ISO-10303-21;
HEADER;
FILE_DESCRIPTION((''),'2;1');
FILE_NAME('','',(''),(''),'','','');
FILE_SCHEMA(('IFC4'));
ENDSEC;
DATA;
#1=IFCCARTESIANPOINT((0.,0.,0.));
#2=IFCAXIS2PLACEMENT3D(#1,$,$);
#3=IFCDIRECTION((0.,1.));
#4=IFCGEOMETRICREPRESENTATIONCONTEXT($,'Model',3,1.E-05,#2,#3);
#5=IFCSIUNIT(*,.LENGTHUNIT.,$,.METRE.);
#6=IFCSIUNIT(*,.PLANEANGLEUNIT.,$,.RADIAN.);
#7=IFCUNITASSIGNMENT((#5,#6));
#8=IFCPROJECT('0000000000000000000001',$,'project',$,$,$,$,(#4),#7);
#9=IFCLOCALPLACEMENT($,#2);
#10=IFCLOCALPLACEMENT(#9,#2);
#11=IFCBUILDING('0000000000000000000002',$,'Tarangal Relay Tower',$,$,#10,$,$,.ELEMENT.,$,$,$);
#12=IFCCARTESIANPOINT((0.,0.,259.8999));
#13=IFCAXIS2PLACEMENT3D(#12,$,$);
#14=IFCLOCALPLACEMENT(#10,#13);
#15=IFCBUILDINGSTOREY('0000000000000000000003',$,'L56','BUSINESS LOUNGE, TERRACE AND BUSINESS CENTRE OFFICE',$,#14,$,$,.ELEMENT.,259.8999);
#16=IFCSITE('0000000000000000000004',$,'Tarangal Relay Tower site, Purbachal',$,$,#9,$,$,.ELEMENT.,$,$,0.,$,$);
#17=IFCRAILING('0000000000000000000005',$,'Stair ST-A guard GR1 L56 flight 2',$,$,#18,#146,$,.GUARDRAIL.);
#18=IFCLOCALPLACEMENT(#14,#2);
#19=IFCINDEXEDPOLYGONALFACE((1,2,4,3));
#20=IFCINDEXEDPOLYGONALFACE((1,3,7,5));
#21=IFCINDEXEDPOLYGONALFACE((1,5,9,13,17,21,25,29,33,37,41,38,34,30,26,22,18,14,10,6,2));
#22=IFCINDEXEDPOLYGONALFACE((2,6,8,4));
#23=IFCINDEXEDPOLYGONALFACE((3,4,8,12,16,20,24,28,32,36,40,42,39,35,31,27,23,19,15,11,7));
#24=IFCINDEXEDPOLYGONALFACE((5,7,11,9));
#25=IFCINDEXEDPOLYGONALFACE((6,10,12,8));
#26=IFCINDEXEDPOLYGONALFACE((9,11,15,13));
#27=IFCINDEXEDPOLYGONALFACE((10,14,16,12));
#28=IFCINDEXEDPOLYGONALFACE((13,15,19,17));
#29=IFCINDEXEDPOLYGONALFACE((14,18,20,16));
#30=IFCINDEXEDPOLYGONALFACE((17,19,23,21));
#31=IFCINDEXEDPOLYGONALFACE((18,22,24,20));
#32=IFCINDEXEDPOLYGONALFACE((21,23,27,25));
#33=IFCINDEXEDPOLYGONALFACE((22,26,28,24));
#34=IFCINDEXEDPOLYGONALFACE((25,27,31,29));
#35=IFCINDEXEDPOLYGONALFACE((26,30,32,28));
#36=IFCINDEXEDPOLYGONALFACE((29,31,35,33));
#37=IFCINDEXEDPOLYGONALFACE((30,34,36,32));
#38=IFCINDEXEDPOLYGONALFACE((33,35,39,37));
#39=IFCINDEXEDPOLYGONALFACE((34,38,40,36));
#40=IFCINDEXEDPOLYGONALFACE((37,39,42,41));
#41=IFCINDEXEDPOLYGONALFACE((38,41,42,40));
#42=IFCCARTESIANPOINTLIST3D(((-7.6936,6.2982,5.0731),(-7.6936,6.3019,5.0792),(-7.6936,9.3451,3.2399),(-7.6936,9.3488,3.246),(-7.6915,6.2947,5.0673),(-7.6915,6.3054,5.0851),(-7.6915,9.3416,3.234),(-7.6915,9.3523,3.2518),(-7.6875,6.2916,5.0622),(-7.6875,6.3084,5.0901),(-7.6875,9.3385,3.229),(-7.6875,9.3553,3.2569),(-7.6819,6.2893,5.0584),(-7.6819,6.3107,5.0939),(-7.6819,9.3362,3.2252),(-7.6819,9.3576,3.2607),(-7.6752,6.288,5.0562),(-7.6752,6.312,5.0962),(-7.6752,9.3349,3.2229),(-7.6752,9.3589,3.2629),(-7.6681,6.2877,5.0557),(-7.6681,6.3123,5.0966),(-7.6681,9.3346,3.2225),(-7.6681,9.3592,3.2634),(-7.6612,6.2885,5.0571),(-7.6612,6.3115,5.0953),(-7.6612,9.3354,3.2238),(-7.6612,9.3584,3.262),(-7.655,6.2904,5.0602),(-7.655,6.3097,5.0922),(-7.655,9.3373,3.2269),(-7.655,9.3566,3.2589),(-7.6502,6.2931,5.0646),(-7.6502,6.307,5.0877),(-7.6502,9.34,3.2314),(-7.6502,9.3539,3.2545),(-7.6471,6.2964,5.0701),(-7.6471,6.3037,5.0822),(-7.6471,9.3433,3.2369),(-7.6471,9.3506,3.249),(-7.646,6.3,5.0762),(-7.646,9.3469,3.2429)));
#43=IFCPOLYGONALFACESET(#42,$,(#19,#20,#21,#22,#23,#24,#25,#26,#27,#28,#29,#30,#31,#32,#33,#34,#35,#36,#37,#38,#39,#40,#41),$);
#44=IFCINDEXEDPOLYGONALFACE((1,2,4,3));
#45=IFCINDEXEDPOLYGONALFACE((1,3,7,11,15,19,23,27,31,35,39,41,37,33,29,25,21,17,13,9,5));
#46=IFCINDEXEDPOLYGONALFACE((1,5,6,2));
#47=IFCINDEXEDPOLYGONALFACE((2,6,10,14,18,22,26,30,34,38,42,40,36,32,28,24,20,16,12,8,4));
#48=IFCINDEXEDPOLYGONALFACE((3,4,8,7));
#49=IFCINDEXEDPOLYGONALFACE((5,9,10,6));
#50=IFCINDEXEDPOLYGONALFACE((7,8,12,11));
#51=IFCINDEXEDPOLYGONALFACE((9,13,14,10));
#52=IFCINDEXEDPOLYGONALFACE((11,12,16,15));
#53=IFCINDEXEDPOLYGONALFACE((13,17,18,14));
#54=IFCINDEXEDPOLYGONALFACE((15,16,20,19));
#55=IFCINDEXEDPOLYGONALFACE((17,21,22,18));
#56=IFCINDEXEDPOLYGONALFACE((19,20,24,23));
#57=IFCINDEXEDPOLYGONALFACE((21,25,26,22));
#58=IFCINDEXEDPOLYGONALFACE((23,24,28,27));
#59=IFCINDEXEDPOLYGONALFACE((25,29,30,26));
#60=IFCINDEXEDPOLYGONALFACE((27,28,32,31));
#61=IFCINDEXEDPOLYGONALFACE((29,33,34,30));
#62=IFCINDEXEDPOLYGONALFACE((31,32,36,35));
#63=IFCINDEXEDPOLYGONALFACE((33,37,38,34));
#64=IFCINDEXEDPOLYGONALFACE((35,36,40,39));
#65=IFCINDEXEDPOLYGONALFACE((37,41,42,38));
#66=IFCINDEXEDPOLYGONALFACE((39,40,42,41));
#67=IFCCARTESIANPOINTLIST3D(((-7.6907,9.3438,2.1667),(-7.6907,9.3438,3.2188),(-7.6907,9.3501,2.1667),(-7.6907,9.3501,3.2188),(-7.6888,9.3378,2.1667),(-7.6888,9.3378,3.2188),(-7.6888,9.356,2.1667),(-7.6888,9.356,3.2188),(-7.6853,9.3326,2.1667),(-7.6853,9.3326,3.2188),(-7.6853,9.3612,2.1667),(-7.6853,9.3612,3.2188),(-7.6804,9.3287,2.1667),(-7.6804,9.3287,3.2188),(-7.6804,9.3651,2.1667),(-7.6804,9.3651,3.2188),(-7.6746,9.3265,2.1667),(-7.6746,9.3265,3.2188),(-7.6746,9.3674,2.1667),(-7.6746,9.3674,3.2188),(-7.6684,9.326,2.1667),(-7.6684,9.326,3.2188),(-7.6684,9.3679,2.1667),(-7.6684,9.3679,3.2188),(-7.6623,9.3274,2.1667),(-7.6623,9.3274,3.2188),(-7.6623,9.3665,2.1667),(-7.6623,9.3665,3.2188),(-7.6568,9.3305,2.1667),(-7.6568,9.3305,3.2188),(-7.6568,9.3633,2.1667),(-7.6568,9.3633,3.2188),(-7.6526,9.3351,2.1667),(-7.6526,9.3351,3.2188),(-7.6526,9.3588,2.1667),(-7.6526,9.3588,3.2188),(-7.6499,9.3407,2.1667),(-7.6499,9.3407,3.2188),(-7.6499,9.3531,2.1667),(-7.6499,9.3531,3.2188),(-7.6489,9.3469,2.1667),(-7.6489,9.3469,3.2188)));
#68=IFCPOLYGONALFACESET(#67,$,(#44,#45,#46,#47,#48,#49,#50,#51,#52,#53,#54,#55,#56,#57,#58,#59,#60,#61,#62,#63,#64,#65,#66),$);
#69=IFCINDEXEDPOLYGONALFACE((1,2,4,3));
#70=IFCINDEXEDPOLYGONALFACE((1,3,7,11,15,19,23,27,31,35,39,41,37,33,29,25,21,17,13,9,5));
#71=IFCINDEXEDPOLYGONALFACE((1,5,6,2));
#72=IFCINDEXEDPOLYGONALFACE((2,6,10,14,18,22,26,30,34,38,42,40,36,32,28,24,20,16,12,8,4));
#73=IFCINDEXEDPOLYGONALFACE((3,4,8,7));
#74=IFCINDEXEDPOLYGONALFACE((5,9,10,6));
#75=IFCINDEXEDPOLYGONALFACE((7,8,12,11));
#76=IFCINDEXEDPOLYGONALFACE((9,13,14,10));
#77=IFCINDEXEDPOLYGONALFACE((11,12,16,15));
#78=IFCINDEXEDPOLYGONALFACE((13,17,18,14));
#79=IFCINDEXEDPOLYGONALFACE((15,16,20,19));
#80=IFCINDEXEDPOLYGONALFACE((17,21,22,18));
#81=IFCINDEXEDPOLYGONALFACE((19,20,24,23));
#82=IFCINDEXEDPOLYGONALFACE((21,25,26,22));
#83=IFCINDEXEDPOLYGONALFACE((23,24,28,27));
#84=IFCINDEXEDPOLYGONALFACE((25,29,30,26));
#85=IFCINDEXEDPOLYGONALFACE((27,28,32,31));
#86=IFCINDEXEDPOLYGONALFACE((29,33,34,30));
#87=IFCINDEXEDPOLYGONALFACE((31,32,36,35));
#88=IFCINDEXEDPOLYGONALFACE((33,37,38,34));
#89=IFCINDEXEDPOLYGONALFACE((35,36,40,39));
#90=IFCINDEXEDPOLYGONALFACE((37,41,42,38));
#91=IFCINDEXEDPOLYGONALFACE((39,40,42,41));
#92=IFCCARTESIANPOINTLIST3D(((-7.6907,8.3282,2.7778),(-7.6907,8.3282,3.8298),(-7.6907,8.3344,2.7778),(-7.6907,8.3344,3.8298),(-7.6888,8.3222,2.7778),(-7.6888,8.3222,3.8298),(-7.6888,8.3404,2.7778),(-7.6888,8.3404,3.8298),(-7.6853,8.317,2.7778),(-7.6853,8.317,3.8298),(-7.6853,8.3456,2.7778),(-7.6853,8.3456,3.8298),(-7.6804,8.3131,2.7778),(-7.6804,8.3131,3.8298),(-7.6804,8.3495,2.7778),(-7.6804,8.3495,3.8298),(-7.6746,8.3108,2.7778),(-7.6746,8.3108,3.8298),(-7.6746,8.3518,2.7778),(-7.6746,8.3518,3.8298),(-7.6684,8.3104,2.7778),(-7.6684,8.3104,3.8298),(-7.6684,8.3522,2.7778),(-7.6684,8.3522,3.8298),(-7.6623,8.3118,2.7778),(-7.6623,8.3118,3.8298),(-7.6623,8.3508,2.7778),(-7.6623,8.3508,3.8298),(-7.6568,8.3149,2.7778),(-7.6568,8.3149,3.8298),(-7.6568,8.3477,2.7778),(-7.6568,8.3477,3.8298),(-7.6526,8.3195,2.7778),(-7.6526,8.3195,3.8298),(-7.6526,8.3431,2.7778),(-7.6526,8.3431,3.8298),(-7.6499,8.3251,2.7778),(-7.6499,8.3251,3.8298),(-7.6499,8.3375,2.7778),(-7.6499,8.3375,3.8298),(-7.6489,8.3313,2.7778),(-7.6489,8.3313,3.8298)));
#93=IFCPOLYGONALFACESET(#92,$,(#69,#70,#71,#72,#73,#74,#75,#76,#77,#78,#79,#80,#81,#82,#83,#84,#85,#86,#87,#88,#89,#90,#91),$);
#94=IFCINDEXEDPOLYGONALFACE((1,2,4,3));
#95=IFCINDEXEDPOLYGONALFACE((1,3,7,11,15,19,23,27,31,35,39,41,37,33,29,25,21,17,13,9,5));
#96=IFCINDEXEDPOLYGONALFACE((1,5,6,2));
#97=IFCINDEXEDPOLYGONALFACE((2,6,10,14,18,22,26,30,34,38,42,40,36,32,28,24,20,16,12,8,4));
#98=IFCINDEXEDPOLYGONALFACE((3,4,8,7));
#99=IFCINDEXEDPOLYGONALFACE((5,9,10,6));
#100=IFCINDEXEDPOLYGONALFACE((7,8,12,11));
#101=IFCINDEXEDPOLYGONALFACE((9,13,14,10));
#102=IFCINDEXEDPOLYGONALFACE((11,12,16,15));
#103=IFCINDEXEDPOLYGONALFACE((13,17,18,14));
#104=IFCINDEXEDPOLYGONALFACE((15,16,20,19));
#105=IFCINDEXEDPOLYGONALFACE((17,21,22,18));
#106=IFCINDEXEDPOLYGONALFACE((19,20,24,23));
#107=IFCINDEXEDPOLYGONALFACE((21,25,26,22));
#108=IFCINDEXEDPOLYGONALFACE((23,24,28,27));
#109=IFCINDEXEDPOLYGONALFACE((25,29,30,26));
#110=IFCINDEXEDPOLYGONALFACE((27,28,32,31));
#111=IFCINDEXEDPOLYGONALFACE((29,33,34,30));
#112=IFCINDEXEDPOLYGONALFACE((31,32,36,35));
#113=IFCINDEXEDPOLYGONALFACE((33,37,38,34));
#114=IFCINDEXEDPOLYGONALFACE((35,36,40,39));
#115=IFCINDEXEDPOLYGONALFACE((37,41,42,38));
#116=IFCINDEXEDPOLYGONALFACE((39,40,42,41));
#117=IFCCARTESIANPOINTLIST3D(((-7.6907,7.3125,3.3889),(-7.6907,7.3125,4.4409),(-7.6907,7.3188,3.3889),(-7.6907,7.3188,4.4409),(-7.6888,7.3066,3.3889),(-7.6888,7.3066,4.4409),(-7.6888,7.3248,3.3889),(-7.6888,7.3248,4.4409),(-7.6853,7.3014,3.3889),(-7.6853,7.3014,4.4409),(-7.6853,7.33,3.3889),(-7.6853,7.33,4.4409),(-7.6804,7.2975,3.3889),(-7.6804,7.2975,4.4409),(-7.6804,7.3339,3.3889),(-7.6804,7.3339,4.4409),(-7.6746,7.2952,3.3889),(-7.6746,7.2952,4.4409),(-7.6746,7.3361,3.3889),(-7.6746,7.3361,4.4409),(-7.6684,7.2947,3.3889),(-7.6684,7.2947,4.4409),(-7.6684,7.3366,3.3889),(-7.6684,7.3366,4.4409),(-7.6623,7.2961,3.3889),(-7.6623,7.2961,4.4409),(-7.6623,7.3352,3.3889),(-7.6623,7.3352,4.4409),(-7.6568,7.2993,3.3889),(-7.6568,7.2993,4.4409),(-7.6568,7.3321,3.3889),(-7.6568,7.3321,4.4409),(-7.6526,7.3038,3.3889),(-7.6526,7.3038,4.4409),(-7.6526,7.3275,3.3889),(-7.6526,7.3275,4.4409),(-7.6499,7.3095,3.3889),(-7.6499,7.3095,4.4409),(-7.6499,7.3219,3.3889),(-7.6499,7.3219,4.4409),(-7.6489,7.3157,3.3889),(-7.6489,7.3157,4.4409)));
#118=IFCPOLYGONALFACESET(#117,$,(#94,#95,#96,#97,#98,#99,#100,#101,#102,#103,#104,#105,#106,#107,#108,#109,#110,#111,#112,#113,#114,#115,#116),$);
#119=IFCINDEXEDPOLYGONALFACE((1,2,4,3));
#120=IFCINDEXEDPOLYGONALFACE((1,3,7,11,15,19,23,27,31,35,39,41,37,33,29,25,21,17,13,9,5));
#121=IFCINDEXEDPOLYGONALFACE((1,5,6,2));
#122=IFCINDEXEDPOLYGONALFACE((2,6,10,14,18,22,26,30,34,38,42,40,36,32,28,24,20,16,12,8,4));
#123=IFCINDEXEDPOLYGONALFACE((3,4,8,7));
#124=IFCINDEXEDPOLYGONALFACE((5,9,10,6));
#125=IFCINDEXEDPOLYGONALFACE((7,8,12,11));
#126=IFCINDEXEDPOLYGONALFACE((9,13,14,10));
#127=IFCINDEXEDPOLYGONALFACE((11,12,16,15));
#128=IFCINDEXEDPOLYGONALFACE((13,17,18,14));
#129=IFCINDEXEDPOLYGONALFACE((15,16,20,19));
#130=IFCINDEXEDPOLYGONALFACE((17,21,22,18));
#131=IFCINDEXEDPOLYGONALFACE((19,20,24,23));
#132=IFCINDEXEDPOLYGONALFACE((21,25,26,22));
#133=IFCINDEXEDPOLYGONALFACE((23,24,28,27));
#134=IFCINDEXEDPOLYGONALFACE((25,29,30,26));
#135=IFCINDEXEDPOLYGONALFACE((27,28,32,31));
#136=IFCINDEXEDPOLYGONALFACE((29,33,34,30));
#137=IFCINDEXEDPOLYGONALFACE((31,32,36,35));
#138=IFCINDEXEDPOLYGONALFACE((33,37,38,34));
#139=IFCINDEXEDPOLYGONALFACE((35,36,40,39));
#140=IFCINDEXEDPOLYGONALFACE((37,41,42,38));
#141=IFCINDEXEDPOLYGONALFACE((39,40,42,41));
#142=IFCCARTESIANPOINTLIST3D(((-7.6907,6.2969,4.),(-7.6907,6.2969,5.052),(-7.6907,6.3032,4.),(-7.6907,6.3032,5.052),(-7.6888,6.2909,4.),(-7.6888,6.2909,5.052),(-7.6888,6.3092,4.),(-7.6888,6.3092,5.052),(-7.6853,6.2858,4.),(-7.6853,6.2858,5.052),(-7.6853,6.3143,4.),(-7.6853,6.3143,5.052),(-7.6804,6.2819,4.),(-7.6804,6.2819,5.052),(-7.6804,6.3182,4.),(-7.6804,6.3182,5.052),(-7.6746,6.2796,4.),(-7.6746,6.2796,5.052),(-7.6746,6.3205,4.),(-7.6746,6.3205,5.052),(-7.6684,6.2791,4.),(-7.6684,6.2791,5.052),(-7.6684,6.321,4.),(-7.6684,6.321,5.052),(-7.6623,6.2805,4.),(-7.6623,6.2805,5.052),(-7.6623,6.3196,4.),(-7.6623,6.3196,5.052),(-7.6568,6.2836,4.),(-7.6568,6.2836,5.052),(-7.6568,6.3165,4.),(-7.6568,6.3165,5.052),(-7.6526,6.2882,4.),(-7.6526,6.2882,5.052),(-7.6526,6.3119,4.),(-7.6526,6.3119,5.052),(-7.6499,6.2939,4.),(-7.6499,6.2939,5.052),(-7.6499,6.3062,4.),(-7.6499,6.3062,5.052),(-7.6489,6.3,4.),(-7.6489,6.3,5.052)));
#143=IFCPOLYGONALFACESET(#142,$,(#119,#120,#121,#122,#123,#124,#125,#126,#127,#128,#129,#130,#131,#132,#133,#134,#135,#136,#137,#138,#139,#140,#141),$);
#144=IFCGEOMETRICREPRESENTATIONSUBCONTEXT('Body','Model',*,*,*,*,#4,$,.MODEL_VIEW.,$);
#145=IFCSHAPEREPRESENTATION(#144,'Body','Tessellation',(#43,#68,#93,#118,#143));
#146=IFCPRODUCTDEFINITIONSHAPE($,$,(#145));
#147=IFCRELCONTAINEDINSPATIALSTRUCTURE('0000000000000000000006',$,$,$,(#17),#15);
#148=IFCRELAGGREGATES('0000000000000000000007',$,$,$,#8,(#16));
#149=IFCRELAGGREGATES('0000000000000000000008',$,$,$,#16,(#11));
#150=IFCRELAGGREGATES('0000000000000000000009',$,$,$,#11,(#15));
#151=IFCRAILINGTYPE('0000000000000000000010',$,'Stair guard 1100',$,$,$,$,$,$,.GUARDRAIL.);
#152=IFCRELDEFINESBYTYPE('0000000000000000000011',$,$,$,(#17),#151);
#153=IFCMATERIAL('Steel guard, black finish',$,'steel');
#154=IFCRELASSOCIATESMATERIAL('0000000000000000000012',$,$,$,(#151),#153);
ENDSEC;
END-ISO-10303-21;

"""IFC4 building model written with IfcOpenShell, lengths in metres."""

from ifc_helpers import new_model, si_unit, direction, frame, origin, origin_2d, place, context, subcontext, project, spatial, circle, extrude, material, type_object, element, save


model = new_model("IFC4")

# Units and contexts
model_context = context("Model", 3, precision=1e-05, world=origin(), true_north=direction((0.0, 1.0)))
body_context = subcontext(model_context, "Body", "Model", "MODEL_VIEW")
ifc_project = project(units=[si_unit("LENGTHUNIT", "METRE"), si_unit("PLANEANGLEUNIT", "RADIAN")], contexts=[model_context])

# Site, building, storey
site_placement = place(None, origin())
site = spatial("IfcSite", under=ifc_project, at=site_placement, Name="Tarangal Relay Tower site, Purbachal", CompositionType="ELEMENT", RefElevation=0.0)
building_placement = place(site_placement, origin())
building = spatial("IfcBuilding", under=site, at=building_placement, Name="Tarangal Relay Tower", CompositionType="ELEMENT")
storey_placement = place(building_placement, frame((0.0, 0.0, 259.8999)))
storey = spatial("IfcBuildingStorey", under=building, at=storey_placement, Name="L56", Description="BUSINESS LOUNGE, TERRACE AND BUSINESS CENTRE OFFICE", CompositionType="ELEMENT", Elevation=259.8999)

# Railing
ifc_material_1 = material(Name="Steel guard, black finish", Category="steel")
railing_type_1 = type_object("IfcRailingType", Name="Stair guard 1100", PredefinedType="GUARDRAIL", material=ifc_material_1)
railing_1_placement = place(storey_placement, frame((-7.6699, 9.3469, 2.1667)))
element("IfcRailing", 1, at=railing_1_placement, inside=storey, type_object=railing_type_1, Name="Stair ST-A guard GR1 L56 flight 2", PredefinedType="GUARDRAIL", context=body_context, shape_type="SweptSolid", body=[
    extrude(circle(Radius=0.0239, at=origin_2d()), frame((0.0, 0.0, 1.0762), z_axis=(0.0, -0.856856, 0.515556), x_axis=(1.0, 0.0, 0.0)), (0.0, 0.0, 1.0), 3.5559),
    extrude(circle(Radius=0.021, at=origin_2d()), origin(), (0.0, 0.0, 1.0), 1.052),
    extrude(circle(Radius=0.021, at=origin_2d()), frame((0.0, -1.0156, 0.6111)), (0.0, 0.0, 1.0), 1.052),
    extrude(circle(Radius=0.021, at=origin_2d()), frame((0.0, -2.0312, 1.2222)), (0.0, 0.0, 1.0), 1.052),
    extrude(circle(Radius=0.021, at=origin_2d()), frame((0.0, -3.0469, 1.8333)), (0.0, 0.0, 1.0), 1.052),
])

save(model, "model.ifc")
